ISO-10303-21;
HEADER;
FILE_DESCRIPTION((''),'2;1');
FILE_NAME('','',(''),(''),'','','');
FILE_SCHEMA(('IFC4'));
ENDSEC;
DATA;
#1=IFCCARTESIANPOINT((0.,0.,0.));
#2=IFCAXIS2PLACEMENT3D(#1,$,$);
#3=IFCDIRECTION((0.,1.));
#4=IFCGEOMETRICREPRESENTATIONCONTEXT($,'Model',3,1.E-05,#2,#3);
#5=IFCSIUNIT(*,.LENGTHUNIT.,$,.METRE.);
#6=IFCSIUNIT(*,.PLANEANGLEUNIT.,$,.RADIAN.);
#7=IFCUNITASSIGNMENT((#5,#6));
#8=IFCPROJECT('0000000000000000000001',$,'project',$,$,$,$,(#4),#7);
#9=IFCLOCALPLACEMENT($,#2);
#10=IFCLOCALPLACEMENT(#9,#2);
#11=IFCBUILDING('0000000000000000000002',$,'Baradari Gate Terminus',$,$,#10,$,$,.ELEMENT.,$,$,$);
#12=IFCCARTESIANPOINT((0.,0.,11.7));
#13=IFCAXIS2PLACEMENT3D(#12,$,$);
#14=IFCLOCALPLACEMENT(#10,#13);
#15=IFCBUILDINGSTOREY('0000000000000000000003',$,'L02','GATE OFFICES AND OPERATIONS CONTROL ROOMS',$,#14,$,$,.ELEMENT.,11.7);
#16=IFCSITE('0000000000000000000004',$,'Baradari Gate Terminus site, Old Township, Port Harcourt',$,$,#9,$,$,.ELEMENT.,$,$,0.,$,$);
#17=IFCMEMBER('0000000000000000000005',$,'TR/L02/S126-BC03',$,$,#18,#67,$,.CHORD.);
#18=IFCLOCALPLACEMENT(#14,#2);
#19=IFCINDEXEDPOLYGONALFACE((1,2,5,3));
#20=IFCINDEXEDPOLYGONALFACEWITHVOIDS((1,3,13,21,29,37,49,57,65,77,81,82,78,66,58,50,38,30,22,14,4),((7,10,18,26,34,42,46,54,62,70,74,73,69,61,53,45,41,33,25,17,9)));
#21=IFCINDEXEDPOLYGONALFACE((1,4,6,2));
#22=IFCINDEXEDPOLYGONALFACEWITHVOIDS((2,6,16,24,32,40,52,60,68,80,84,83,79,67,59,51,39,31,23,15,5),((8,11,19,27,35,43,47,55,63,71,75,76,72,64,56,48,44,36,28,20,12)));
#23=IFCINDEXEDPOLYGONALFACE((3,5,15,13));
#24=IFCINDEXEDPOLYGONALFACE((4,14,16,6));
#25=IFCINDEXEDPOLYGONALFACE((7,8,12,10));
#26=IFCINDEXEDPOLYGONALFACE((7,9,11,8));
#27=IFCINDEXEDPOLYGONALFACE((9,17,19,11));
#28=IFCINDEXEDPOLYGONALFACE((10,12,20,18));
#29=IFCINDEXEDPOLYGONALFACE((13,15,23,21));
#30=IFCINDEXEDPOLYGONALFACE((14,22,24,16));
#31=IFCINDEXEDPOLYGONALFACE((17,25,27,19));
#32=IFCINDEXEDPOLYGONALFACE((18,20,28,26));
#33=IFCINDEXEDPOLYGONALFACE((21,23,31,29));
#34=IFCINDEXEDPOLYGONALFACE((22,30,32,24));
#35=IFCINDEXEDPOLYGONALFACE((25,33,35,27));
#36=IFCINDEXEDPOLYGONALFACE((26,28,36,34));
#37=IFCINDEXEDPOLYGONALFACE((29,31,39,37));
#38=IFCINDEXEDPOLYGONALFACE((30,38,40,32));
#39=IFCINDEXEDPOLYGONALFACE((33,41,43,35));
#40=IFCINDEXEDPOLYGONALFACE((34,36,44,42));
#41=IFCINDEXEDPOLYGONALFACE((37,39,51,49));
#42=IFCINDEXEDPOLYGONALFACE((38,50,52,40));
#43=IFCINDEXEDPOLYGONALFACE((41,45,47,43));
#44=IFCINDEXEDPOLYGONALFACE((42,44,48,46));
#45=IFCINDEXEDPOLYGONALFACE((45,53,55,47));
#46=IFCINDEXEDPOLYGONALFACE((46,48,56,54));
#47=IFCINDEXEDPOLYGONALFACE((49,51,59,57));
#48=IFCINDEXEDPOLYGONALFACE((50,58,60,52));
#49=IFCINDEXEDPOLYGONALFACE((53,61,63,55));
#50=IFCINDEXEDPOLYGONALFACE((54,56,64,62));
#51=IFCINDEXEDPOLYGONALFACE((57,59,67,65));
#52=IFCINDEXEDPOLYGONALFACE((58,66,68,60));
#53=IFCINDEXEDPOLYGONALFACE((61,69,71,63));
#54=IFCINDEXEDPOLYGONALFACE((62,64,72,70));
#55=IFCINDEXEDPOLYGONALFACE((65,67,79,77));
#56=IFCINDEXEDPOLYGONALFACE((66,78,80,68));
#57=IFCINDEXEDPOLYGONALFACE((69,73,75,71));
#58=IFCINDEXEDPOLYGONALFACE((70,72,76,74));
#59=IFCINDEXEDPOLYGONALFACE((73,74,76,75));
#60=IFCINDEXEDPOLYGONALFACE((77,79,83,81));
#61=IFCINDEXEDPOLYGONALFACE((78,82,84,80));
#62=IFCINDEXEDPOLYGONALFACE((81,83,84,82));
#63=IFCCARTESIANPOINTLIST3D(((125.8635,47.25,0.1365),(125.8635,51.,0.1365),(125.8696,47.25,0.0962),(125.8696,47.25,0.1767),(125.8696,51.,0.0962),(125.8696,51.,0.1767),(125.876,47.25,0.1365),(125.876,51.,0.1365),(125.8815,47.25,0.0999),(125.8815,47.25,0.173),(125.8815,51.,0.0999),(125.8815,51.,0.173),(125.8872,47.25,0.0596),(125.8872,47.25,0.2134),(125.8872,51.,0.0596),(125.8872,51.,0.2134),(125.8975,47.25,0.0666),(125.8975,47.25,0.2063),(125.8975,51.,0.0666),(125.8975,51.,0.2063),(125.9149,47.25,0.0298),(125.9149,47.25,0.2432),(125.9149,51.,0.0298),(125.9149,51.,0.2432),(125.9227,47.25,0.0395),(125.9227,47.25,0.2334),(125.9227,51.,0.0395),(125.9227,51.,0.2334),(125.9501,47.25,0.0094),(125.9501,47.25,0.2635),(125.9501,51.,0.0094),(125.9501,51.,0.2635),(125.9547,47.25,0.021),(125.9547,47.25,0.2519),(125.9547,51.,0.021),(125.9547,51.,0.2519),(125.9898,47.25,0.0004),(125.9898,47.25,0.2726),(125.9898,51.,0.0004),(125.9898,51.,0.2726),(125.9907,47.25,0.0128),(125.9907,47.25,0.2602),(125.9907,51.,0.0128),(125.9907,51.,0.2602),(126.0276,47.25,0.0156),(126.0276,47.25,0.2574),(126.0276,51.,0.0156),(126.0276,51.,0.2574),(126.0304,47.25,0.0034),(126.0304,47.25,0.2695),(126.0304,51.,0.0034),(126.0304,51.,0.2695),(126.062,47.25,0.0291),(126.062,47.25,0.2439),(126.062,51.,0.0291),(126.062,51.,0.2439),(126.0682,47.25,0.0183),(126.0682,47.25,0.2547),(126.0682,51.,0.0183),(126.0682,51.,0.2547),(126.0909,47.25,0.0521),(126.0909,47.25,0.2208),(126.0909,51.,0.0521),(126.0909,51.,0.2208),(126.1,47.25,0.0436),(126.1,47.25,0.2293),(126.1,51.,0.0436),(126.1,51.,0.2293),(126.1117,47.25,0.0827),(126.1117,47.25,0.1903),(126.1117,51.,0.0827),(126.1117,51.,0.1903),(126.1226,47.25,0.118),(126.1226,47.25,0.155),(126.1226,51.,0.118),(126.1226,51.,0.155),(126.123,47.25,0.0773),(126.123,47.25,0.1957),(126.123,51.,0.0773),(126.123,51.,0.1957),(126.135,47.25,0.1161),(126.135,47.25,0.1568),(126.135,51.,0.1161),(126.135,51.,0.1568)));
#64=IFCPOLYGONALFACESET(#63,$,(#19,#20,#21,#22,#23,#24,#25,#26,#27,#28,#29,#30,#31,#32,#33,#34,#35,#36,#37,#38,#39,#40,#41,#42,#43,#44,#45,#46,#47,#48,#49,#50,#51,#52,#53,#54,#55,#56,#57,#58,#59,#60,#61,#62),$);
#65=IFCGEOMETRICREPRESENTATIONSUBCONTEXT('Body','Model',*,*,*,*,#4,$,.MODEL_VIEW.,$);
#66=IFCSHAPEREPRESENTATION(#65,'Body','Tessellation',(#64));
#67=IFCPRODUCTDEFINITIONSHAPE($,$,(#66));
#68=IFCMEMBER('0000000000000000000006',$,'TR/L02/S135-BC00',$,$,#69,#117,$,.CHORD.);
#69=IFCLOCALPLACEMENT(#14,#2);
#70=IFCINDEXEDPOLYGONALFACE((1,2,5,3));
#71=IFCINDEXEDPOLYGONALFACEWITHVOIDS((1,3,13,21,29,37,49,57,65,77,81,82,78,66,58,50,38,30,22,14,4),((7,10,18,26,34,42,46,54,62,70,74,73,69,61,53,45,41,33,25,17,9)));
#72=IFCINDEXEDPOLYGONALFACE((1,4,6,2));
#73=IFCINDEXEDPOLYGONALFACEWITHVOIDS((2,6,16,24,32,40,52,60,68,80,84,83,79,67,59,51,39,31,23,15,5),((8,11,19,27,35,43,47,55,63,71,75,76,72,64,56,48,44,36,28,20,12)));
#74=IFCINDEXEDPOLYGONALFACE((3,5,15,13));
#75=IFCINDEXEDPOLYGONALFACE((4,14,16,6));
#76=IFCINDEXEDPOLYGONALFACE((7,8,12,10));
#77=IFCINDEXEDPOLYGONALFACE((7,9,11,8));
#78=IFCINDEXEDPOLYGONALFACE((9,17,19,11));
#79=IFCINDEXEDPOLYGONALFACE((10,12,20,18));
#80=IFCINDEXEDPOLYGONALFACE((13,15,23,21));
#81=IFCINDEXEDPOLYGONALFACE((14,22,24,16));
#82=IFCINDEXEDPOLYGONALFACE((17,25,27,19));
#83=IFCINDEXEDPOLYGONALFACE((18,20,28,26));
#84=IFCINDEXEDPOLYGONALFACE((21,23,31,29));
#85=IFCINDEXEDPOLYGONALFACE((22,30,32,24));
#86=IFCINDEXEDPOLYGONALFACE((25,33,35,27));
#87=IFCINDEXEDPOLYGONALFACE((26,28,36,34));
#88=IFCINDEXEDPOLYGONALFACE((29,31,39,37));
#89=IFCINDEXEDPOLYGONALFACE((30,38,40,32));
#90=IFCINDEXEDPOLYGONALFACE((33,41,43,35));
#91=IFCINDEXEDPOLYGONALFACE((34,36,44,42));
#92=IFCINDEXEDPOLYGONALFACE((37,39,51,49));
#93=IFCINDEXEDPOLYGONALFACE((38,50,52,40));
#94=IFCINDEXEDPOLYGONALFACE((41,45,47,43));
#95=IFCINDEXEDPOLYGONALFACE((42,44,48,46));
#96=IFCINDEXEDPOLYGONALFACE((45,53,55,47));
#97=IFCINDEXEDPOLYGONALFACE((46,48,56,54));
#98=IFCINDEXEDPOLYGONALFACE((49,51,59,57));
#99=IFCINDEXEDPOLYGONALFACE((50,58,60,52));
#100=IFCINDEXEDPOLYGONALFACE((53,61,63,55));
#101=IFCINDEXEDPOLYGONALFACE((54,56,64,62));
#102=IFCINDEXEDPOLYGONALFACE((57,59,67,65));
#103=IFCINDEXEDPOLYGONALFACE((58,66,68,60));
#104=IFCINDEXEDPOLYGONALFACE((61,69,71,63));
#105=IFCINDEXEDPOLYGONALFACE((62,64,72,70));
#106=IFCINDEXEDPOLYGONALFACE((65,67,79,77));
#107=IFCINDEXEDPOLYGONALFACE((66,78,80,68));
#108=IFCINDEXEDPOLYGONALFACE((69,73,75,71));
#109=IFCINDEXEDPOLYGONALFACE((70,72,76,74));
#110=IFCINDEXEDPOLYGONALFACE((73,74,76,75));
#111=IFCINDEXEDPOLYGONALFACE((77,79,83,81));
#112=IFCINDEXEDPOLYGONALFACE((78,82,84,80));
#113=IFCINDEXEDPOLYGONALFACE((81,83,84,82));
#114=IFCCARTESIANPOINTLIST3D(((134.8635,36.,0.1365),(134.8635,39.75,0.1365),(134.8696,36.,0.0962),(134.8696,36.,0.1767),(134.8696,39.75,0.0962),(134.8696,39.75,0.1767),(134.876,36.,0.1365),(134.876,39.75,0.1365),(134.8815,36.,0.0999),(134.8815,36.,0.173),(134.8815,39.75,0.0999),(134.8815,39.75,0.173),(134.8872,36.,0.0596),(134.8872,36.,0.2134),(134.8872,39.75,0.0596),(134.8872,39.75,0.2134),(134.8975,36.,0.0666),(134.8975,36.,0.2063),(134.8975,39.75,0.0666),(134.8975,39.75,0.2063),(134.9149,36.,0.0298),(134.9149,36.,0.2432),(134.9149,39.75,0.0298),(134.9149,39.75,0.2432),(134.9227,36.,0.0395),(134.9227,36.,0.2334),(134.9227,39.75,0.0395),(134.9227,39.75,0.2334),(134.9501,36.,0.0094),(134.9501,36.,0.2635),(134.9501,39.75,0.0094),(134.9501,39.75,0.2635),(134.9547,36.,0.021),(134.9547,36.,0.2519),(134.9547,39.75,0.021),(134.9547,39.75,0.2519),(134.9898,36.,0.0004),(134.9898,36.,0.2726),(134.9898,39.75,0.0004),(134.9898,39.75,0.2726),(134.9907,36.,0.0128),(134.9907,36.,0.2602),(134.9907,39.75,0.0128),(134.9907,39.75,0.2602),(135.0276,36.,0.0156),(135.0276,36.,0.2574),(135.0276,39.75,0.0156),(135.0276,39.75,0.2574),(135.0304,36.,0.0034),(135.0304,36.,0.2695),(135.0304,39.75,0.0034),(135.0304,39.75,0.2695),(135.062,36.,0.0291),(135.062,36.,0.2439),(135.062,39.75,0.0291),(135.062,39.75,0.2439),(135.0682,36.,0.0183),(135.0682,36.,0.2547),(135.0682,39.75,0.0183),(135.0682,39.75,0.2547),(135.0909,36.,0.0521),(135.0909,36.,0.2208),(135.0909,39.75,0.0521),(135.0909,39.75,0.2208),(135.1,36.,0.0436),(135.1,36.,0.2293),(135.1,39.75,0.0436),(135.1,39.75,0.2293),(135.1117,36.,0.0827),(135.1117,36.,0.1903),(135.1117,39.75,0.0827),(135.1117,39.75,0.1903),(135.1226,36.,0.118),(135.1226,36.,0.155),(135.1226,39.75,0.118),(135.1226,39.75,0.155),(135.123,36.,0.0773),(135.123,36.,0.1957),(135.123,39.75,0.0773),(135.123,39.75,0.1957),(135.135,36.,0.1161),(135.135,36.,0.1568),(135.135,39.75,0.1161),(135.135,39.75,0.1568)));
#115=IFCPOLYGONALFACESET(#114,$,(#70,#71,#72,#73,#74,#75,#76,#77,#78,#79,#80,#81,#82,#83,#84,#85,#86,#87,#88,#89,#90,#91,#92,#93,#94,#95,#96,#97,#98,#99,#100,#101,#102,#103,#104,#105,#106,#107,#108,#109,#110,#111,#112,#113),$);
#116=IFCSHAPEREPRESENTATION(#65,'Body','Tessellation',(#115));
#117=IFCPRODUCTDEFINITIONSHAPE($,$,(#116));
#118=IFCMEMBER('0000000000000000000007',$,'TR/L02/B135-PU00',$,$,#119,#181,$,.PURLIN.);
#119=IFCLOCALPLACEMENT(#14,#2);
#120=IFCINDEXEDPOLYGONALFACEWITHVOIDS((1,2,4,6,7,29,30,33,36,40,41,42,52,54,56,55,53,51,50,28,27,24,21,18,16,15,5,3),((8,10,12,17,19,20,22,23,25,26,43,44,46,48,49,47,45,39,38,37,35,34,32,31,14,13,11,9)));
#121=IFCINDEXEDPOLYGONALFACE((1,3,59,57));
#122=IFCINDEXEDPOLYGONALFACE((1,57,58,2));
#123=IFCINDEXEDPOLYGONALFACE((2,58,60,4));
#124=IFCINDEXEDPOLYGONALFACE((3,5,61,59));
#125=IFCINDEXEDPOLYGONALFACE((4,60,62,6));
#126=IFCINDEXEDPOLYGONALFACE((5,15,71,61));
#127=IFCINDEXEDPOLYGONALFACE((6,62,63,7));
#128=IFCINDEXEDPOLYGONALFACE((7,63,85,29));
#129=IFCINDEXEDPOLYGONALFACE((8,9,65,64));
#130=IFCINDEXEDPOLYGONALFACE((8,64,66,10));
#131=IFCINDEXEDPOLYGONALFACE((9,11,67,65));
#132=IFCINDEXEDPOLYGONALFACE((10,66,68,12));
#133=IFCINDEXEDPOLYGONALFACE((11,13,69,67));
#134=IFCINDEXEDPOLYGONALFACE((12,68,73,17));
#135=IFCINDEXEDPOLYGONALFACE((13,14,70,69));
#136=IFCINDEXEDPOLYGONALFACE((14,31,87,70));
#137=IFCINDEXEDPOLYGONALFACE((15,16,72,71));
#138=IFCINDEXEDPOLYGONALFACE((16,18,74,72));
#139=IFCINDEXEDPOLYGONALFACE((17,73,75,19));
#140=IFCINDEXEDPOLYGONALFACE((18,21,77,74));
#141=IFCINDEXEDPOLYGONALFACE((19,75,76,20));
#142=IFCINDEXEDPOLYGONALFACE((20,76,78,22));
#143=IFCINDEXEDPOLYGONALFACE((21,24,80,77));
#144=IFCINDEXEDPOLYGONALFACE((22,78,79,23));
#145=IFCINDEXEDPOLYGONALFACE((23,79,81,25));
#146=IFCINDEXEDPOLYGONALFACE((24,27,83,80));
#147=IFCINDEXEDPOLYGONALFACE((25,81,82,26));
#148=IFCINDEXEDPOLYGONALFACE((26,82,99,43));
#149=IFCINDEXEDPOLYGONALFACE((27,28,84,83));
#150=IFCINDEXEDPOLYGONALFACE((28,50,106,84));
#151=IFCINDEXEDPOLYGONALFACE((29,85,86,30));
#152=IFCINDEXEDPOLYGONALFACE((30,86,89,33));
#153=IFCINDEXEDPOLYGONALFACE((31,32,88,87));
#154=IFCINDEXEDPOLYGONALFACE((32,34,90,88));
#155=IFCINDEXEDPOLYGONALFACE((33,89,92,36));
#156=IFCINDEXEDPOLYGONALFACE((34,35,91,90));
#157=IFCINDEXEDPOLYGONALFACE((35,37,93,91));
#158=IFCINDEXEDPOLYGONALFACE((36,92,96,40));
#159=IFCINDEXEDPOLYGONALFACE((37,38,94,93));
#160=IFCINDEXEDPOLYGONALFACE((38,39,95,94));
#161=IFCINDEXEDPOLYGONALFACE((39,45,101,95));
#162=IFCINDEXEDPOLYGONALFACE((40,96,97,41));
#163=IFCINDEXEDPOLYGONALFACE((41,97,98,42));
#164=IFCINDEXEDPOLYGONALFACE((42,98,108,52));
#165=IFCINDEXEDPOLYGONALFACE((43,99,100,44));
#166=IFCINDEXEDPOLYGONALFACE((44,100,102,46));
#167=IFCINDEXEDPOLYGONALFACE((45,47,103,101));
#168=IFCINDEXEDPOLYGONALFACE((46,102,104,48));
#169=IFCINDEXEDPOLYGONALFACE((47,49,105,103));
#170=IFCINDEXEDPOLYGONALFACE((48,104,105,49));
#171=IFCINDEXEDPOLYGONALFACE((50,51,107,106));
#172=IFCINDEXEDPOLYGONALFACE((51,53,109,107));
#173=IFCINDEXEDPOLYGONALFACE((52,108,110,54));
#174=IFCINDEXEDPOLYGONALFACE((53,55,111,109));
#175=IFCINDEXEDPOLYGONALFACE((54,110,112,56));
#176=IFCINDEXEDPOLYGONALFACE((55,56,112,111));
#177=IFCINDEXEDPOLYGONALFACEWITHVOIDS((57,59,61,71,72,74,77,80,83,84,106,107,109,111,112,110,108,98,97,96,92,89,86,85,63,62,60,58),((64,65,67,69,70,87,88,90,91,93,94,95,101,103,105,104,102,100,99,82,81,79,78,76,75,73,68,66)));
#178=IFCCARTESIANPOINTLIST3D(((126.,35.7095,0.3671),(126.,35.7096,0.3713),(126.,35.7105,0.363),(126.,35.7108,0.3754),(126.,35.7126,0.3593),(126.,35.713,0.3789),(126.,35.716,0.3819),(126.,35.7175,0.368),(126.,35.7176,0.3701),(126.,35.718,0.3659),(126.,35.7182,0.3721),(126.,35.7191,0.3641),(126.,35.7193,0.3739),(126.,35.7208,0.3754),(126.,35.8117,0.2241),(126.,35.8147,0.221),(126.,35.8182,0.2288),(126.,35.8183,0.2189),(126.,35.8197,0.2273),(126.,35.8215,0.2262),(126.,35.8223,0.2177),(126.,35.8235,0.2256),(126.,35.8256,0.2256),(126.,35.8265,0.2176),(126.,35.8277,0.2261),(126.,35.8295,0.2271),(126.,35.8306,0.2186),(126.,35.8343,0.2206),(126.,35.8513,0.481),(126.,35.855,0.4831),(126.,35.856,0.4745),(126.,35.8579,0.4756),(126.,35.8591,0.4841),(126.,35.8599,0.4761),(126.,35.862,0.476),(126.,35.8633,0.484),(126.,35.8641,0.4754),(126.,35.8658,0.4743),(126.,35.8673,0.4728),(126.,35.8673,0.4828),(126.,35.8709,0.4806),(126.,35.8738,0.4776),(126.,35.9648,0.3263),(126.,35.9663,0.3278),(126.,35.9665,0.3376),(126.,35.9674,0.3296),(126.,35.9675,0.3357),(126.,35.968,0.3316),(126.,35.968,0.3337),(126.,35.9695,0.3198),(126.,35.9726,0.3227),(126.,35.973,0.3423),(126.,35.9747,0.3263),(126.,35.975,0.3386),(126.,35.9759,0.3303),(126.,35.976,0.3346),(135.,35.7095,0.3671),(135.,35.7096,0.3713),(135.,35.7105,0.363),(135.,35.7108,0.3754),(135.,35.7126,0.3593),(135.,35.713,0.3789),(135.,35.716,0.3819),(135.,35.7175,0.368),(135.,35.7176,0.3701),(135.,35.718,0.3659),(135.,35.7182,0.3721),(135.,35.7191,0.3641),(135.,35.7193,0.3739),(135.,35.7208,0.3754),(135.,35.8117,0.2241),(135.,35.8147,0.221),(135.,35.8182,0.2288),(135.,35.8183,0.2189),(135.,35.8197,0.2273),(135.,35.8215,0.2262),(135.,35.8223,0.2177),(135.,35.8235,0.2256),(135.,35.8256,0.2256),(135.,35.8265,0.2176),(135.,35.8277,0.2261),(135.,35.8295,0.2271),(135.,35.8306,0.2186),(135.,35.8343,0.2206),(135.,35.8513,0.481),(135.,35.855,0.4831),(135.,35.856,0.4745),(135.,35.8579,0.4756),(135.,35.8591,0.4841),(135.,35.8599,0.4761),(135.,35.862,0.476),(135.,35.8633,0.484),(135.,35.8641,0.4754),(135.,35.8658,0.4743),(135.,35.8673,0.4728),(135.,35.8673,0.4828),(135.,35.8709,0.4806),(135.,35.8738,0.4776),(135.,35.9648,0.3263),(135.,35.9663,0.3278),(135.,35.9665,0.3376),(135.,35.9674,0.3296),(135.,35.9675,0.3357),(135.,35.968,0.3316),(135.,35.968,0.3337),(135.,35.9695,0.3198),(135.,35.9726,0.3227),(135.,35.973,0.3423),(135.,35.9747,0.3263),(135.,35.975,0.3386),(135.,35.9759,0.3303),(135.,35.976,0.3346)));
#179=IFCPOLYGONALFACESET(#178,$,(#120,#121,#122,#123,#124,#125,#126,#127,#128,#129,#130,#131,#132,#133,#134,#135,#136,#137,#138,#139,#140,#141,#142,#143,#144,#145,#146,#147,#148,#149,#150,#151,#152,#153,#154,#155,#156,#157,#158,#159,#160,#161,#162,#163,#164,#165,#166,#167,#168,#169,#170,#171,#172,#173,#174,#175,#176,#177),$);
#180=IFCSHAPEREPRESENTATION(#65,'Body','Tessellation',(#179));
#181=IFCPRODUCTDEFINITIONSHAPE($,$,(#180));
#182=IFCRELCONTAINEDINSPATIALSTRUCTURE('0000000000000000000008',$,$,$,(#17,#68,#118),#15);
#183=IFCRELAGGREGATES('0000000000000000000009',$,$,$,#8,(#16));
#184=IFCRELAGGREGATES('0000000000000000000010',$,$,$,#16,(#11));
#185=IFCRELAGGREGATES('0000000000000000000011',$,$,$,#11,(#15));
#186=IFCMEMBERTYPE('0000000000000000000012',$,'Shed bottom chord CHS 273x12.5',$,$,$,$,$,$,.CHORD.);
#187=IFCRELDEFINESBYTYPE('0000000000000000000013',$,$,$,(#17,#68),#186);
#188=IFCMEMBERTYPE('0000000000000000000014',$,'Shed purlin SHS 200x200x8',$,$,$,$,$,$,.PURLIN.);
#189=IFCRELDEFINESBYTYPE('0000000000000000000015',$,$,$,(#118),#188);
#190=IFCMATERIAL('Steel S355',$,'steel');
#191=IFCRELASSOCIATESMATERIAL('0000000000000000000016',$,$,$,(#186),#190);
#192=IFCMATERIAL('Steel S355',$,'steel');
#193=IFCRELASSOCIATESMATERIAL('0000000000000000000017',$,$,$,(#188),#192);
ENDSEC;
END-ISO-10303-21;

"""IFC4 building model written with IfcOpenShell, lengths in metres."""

from ifc_helpers import new_model, si_unit, direction, frame, origin, origin_2d, place, context, subcontext, project, spatial, hollow_rectangle, hollow_circle, extrude, material, material_profile, profile_set, type_object, element, save


model = new_model("IFC4")

# Units and contexts
model_context = context("Model", 3, precision=1e-05, world=origin(), true_north=direction((0.0, 1.0)))
body_context = subcontext(model_context, "Body", "Model", "MODEL_VIEW")
ifc_project = project(units=[si_unit("LENGTHUNIT", "METRE"), si_unit("PLANEANGLEUNIT", "RADIAN")], contexts=[model_context])

# Site, building, storey
site_placement = place(None, origin())
site = spatial("IfcSite", under=ifc_project, at=site_placement, Name="Baradari Gate Terminus site, Old Township, Port Harcourt", CompositionType="ELEMENT", RefElevation=0.0)
building_placement = place(site_placement, origin())
building = spatial("IfcBuilding", under=site, at=building_placement, Name="Baradari Gate Terminus", CompositionType="ELEMENT")
storey_placement = place(building_placement, frame((0.0, 0.0, 11.7)))
storey = spatial("IfcBuildingStorey", under=building, at=storey_placement, Name="L02", Description="GATE OFFICES AND OPERATIONS CONTROL ROOMS", CompositionType="ELEMENT", Elevation=11.7)

# Members
ifc_material_1 = material(Name="Steel S355", Category="steel")
ifc_material_profile_1 = material_profile(ifc_material_1, hollow_circle(Radius=0.1365, WallThickness=0.0125, at=origin_2d()), Name="CHS 273x12.5")
ifc_profile_set_1 = profile_set([ifc_material_profile_1], Name="Steel S355")
member_type_1 = type_object("IfcMemberType", Name="Shed bottom chord CHS 273x12.5", PredefinedType="CHORD", material=ifc_profile_set_1)
for number, where, z_axis, x_axis, name in (
    (1, (126.0, 47.25, 0.1365), (0.0, 1.0, 0.0), (-1.0, 0.0, 0.0), "TR/L02/S126-BC03"),
    (2, (135.0, 36.0, 0.1365), (0.0, 1.0, 0.0), (-1.0, 0.0, 0.0), "TR/L02/S135-BC00"),
):
    element("IfcMember", number, at=place(storey_placement, frame(where, z_axis=z_axis, x_axis=x_axis)), inside=storey, type_object=member_type_1, Name=name, PredefinedType="CHORD", context=body_context, shape_type="SweptSolid", body=[
        extrude(hollow_circle(Radius=0.1365, WallThickness=0.0125, at=origin_2d()), origin(), (0.0, 0.0, 1.0), 3.75),
    ])
ifc_material_2 = material(Name="Steel S355", Category="steel")
ifc_material_profile_2 = material_profile(ifc_material_2, hollow_rectangle(XDim=0.2, YDim=0.2, WallThickness=0.0081, InnerFilletRadius=0.0081, OuterFilletRadius=0.0161, at=origin_2d()), Name="SHS 200x200x8")
ifc_profile_set_2 = profile_set([ifc_material_profile_2], Name="Steel S355")
member_type_2 = type_object("IfcMemberType", Name="Shed purlin SHS 200x200x8", PredefinedType="PURLIN", material=ifc_profile_set_2)
for number, where, z_axis, x_axis, name in (
    (3, (126.0, 35.8428, 0.3508), (1.0, 0.0, 0.0), (0.0, 0.806405, 0.591364), "TR/L02/B135-PU00"),
):
    element("IfcMember", number, at=place(storey_placement, frame(where, z_axis=z_axis, x_axis=x_axis)), inside=storey, type_object=member_type_2, Name=name, PredefinedType="PURLIN", context=body_context, shape_type="SweptSolid", body=[
        extrude(hollow_rectangle(XDim=0.2, YDim=0.2, WallThickness=0.0081, InnerFilletRadius=0.0081, OuterFilletRadius=0.0161, at=origin_2d()), origin(), (0.0, 0.0, 1.0), 9.0),
    ])

save(model, "model.ifc")
